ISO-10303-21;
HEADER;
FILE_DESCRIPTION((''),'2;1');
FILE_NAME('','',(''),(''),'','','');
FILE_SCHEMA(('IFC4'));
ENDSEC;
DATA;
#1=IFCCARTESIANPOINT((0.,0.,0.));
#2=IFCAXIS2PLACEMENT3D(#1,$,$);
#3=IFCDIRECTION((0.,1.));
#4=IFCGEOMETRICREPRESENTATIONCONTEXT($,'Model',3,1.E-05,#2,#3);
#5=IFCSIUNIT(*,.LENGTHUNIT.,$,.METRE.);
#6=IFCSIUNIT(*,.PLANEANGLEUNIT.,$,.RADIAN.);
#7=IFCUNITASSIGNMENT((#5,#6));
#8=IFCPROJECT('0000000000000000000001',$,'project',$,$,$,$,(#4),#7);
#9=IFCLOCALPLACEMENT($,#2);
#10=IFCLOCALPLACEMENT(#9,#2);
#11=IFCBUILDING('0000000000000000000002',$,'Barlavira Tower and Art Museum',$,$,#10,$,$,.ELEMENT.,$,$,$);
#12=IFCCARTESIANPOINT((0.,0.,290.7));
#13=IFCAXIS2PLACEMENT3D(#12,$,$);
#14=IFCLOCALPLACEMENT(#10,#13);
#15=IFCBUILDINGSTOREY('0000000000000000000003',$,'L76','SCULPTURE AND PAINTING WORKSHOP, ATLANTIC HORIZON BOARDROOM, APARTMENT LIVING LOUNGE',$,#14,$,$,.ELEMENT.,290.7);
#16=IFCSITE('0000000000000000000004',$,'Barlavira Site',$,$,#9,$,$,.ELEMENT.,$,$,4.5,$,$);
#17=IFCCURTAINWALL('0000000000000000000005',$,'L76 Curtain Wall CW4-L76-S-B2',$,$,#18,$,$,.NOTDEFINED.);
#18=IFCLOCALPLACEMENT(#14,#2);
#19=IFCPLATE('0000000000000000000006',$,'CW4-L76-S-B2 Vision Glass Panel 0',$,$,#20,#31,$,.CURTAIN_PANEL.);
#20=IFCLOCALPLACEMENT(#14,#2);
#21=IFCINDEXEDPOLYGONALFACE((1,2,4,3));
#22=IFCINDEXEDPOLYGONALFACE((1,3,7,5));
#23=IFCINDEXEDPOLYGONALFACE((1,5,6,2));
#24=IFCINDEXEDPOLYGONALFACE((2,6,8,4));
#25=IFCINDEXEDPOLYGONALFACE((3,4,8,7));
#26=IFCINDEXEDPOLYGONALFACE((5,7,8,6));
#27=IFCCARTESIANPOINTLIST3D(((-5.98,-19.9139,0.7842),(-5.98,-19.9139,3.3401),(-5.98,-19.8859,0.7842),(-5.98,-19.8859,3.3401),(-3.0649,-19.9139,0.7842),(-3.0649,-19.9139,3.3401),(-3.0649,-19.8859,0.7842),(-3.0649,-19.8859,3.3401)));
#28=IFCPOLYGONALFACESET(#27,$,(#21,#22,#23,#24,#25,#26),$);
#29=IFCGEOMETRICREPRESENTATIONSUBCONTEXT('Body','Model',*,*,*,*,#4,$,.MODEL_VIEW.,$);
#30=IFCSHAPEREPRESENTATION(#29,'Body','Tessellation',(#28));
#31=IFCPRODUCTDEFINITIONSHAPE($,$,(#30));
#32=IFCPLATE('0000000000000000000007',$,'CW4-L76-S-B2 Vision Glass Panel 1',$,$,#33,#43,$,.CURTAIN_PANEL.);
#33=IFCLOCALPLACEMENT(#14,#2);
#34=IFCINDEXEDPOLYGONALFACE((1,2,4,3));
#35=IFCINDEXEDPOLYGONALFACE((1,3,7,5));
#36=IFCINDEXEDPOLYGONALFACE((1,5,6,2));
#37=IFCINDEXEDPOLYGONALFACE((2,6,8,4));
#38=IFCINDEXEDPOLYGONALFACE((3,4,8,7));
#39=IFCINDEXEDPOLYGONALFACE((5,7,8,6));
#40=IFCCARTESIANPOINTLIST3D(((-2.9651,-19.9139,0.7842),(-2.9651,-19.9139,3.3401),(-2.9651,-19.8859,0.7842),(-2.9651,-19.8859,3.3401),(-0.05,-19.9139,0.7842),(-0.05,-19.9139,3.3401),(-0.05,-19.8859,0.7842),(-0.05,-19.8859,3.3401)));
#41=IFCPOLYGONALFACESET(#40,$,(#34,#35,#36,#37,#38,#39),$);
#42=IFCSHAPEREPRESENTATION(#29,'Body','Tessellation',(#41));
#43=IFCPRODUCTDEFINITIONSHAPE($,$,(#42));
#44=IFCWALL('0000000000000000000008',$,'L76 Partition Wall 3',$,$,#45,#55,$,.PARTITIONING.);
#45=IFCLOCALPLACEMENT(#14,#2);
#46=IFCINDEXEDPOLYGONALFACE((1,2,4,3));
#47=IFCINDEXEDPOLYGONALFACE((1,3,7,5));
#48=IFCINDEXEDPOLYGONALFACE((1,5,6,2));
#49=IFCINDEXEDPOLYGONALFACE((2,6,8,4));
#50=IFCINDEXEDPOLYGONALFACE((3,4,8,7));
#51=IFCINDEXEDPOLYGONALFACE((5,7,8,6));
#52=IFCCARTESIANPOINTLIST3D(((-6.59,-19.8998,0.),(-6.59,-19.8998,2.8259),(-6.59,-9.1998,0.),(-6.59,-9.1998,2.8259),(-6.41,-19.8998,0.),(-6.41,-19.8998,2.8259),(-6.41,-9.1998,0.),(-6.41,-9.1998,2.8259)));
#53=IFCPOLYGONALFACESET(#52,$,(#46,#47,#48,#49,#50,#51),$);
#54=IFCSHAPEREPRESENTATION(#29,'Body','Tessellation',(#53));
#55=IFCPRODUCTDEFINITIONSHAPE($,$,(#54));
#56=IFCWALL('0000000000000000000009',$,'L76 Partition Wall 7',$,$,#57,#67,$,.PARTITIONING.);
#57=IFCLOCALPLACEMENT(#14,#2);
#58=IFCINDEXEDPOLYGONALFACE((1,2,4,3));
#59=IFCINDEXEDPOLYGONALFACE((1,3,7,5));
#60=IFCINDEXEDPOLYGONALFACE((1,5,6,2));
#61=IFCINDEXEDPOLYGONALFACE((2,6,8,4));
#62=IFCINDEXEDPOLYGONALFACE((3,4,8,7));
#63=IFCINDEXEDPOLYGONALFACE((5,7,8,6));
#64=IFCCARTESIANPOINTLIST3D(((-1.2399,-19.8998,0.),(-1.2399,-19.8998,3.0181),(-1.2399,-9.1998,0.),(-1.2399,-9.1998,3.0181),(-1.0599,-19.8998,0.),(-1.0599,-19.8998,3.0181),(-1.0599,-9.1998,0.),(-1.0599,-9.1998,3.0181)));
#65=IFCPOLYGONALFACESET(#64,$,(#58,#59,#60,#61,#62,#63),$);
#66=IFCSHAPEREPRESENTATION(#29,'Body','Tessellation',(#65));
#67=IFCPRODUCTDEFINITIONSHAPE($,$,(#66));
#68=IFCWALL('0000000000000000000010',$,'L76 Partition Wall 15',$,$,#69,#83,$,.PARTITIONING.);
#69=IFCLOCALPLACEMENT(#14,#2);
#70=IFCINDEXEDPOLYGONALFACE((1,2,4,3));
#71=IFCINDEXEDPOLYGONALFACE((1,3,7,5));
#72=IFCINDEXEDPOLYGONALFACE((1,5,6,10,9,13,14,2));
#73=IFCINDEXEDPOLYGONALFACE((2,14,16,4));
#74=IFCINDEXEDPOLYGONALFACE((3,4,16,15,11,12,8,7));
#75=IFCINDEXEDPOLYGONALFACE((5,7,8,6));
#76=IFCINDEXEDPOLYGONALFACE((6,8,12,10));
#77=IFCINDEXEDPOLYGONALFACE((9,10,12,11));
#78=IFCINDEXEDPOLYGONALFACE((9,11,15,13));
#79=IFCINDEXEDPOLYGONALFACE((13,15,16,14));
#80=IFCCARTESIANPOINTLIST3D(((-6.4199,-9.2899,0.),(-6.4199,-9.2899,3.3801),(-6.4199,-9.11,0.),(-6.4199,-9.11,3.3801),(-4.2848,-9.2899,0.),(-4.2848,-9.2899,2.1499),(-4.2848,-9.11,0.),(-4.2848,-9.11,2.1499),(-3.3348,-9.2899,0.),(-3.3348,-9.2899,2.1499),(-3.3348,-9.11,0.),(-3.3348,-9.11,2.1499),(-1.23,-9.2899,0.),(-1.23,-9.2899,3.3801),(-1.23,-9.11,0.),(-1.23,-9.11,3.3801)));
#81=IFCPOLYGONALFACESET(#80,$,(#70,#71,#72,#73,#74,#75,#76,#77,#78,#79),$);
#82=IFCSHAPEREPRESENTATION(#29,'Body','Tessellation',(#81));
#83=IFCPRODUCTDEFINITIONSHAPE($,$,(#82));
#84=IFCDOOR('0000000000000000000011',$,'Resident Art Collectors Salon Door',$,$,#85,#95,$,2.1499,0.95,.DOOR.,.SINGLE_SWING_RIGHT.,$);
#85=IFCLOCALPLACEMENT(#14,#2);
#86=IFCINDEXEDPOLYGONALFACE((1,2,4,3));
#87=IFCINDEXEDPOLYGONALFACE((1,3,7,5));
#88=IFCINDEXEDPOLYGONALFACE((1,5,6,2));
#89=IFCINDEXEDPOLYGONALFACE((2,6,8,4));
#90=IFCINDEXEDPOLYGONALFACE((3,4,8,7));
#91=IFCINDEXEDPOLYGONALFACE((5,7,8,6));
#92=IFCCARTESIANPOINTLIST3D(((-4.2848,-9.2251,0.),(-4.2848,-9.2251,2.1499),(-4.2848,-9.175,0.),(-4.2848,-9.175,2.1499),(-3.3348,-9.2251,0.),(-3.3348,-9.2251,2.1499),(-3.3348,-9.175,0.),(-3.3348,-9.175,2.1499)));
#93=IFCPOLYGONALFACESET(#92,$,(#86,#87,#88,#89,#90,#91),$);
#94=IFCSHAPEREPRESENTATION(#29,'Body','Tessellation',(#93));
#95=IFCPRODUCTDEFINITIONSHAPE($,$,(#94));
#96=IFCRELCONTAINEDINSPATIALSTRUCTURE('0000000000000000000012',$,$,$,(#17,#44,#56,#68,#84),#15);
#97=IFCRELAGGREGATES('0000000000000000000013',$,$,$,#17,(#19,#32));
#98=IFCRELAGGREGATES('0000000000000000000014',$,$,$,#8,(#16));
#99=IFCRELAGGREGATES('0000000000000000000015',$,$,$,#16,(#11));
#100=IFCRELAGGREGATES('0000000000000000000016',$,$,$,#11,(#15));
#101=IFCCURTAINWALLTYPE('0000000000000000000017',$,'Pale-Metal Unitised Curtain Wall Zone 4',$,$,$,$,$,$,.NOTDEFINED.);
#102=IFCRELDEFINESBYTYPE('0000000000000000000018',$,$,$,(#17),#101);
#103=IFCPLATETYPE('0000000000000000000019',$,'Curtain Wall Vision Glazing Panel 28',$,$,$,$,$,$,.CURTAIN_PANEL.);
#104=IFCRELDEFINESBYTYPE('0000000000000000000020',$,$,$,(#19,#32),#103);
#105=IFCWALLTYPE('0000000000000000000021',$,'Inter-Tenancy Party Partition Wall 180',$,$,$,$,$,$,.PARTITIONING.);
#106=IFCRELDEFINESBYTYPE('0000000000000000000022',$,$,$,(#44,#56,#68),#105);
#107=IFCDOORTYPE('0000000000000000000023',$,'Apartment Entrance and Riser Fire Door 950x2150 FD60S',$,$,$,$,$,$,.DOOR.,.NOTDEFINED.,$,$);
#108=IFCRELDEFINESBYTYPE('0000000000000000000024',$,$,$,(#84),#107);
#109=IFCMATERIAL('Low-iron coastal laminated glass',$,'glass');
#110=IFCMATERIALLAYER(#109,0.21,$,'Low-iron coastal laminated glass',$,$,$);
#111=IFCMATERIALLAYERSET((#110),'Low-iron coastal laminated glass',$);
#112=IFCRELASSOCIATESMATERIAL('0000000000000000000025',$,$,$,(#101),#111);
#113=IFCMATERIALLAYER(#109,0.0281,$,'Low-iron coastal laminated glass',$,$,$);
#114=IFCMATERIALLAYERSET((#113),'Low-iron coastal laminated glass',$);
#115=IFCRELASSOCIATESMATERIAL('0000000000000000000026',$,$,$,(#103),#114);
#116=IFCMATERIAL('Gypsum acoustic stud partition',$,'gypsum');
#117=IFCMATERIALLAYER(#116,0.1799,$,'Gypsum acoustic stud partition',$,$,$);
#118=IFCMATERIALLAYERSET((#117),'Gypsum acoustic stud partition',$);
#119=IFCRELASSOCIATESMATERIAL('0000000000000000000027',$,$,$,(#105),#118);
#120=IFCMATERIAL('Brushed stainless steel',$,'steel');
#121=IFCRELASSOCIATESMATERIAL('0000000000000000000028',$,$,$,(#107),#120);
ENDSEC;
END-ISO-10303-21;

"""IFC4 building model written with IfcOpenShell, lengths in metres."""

from ifc_helpers import new_model, si_unit, direction, frame, frame_2d, origin, origin_2d, place, context, subcontext, project, spatial, rectangle, extrude, material, layer, layer_set, type_object, element, fill, aggregate, save


model = new_model("IFC4")

# Units and contexts
model_context = context("Model", 3, precision=1e-05, world=origin(), true_north=direction((0.0, 1.0)))
body_context = subcontext(model_context, "Body", "Model", "MODEL_VIEW")
ifc_project = project(units=[si_unit("LENGTHUNIT", "METRE"), si_unit("PLANEANGLEUNIT", "RADIAN")], contexts=[model_context])

# Site, building, storey
site_placement = place(None, origin())
site = spatial("IfcSite", under=ifc_project, at=site_placement, Name="Barlavira Site", CompositionType="ELEMENT", RefElevation=4.5)
building_placement = place(site_placement, origin())
building = spatial("IfcBuilding", under=site, at=building_placement, Name="Barlavira Tower and Art Museum", CompositionType="ELEMENT")
storey_placement = place(building_placement, frame((0.0, 0.0, 290.7)))
storey = spatial("IfcBuildingStorey", under=building, at=storey_placement, Name="L76", Description="SCULPTURE AND PAINTING WORKSHOP, ATLANTIC HORIZON BOARDROOM, APARTMENT LIVING LOUNGE", CompositionType="ELEMENT", Elevation=290.7)

# Curtain wall
ifc_material_1 = material(Name="Low-iron coastal laminated glass", Category="glass")
ifc_layer_1 = layer(ifc_material_1, 0.21, Name="Low-iron coastal laminated glass")
ifc_layer_set_1 = layer_set([ifc_layer_1], Name="Low-iron coastal laminated glass")
curtain_wall_type = type_object("IfcCurtainWallType", Name="Pale-Metal Unitised Curtain Wall Zone 4", PredefinedType="NOTDEFINED", material=ifc_layer_set_1)
curtain_wall_placement = place(storey_placement, origin())
curtain_wall = element("IfcCurtainWall", 1, at=curtain_wall_placement, inside=storey, type_object=curtain_wall_type, Name="L76 Curtain Wall CW4-L76-S-B2", PredefinedType="NOTDEFINED")

# Plates
ifc_layer_2 = layer(ifc_material_1, 0.0281, Name="Low-iron coastal laminated glass")
ifc_layer_set_2 = layer_set([ifc_layer_2], Name="Low-iron coastal laminated glass")
plate_type_1 = type_object("IfcPlateType", Name="Curtain Wall Vision Glazing Panel 28", PredefinedType="CURTAIN_PANEL", material=ifc_layer_set_2)
plate_1_placement = place(storey_placement, frame((-4.5225, -19.8999, 0.7842), z_axis=(0.0, 0.0, 1.0), x_axis=(1.0, 0.0, 0.0)))
plate_1 = element("IfcPlate", 2, at=plate_1_placement, type_object=plate_type_1, Name="CW4-L76-S-B2 Vision Glass Panel 0", PredefinedType="CURTAIN_PANEL", context=body_context, shape_type="SweptSolid", body=[
    extrude(rectangle(XDim=2.915, YDim=0.0281, at=origin_2d()), origin(), (0.0, 0.0, 1.0), 2.5559),
])
plate_2_placement = place(storey_placement, frame((-1.5076, -19.8999, 0.7842), z_axis=(0.0, 0.0, 1.0), x_axis=(1.0, 0.0, 0.0)))
plate_2 = element("IfcPlate", 3, at=plate_2_placement, type_object=plate_type_1, Name="CW4-L76-S-B2 Vision Glass Panel 1", PredefinedType="CURTAIN_PANEL", context=body_context, shape_type="SweptSolid", body=[
    extrude(rectangle(XDim=2.915, YDim=0.0281, at=origin_2d()), origin(), (0.0, 0.0, 1.0), 2.5559),
])
aggregate(curtain_wall, [plate_1, plate_2])

# Walls
ifc_material_2 = material(Name="Gypsum acoustic stud partition", Category="gypsum")
ifc_layer_3 = layer(ifc_material_2, 0.1799, Name="Gypsum acoustic stud partition")
ifc_layer_set_3 = layer_set([ifc_layer_3], Name="Gypsum acoustic stud partition")
wall_type = type_object("IfcWallType", Name="Inter-Tenancy Party Partition Wall 180", PredefinedType="PARTITIONING", material=ifc_layer_set_3)
wall_1_placement = place(storey_placement, frame((-6.5, -19.8999, 0.0), z_axis=(0.0, 0.0, 1.0), x_axis=(0.0, 1.0, 0.0)))
element("IfcWall", 4, at=wall_1_placement, inside=storey, type_object=wall_type, Name="L76 Partition Wall 3", PredefinedType="PARTITIONING", context=body_context, shape_type="SweptSolid", body=[
    extrude(rectangle(XDim=10.7, YDim=0.1799, at=frame_2d((5.3501, 0.0))), origin(), (0.0, 0.0, 1.0), 2.8259),
])
wall_2_placement = place(storey_placement, frame((-1.1499, -19.8999, 0.0), z_axis=(0.0, 0.0, 1.0), x_axis=(0.0, 1.0, 0.0)))
element("IfcWall", 5, at=wall_2_placement, inside=storey, type_object=wall_type, Name="L76 Partition Wall 7", PredefinedType="PARTITIONING", context=body_context, shape_type="SweptSolid", body=[
    extrude(rectangle(XDim=10.7, YDim=0.1799, at=frame_2d((5.3501, 0.0))), origin(), (0.0, 0.0, 1.0), 3.0181),
])

# Wall, opening, door
wall_3_placement = place(storey_placement, frame((-6.4199, -9.2, 0.0), z_axis=(0.0, 0.0, 1.0), x_axis=(1.0, 0.0, 0.0)))
wall_3 = element("IfcWall", 6, at=wall_3_placement, inside=storey, type_object=wall_type, Name="L76 Partition Wall 15", PredefinedType="PARTITIONING", context=body_context, shape_type="SweptSolid", body=[
    extrude(rectangle(XDim=5.1899, YDim=0.1799, at=frame_2d((2.595, 0.0))), origin(), (0.0, 0.0, 1.0), 3.3801),
])
opening_placement = place(wall_3_placement, frame((2.135, 0.0, 0.0)))
opening = element("IfcOpeningElement", 7, at=opening_placement, cuts=wall_3, PredefinedType="OPENING", context=body_context, shape_type="SweptSolid", body=[
    extrude(rectangle(XDim=0.95, YDim=2.1499, at=frame_2d((0.4751, 1.075))), frame((0.0, 0.1001, 0.0), z_axis=(0.0, -1.0, 0.0), x_axis=(1.0, 0.0, 0.0)), (0.0, 0.0, 1.0), 0.2),
])
ifc_material_3 = material(Name="Brushed stainless steel", Category="steel")
door_type = type_object("IfcDoorType", Name="Apartment Entrance and Riser Fire Door 950x2150 FD60S", OperationType="NOTDEFINED", PredefinedType="DOOR", material=ifc_material_3)
door_placement = place(opening_placement, origin())
door = element("IfcDoor", 8, at=door_placement, inside=storey, type_object=door_type, Name="Resident Art Collectors Salon Door", OperationType="SINGLE_SWING_RIGHT", OverallHeight=2.1499, OverallWidth=0.95, PredefinedType="DOOR", context=body_context, shape_type="SweptSolid", body=[
    extrude(rectangle(XDim=0.95, YDim=2.1499, at=frame_2d((0.4751, 1.075))), frame((0.0, 0.0249, 0.0), z_axis=(0.0, -1.0, 0.0), x_axis=(1.0, 0.0, 0.0)), (0.0, 0.0, 1.0), 0.05),
])
fill(opening, door)

save(model, "model.ifc")
